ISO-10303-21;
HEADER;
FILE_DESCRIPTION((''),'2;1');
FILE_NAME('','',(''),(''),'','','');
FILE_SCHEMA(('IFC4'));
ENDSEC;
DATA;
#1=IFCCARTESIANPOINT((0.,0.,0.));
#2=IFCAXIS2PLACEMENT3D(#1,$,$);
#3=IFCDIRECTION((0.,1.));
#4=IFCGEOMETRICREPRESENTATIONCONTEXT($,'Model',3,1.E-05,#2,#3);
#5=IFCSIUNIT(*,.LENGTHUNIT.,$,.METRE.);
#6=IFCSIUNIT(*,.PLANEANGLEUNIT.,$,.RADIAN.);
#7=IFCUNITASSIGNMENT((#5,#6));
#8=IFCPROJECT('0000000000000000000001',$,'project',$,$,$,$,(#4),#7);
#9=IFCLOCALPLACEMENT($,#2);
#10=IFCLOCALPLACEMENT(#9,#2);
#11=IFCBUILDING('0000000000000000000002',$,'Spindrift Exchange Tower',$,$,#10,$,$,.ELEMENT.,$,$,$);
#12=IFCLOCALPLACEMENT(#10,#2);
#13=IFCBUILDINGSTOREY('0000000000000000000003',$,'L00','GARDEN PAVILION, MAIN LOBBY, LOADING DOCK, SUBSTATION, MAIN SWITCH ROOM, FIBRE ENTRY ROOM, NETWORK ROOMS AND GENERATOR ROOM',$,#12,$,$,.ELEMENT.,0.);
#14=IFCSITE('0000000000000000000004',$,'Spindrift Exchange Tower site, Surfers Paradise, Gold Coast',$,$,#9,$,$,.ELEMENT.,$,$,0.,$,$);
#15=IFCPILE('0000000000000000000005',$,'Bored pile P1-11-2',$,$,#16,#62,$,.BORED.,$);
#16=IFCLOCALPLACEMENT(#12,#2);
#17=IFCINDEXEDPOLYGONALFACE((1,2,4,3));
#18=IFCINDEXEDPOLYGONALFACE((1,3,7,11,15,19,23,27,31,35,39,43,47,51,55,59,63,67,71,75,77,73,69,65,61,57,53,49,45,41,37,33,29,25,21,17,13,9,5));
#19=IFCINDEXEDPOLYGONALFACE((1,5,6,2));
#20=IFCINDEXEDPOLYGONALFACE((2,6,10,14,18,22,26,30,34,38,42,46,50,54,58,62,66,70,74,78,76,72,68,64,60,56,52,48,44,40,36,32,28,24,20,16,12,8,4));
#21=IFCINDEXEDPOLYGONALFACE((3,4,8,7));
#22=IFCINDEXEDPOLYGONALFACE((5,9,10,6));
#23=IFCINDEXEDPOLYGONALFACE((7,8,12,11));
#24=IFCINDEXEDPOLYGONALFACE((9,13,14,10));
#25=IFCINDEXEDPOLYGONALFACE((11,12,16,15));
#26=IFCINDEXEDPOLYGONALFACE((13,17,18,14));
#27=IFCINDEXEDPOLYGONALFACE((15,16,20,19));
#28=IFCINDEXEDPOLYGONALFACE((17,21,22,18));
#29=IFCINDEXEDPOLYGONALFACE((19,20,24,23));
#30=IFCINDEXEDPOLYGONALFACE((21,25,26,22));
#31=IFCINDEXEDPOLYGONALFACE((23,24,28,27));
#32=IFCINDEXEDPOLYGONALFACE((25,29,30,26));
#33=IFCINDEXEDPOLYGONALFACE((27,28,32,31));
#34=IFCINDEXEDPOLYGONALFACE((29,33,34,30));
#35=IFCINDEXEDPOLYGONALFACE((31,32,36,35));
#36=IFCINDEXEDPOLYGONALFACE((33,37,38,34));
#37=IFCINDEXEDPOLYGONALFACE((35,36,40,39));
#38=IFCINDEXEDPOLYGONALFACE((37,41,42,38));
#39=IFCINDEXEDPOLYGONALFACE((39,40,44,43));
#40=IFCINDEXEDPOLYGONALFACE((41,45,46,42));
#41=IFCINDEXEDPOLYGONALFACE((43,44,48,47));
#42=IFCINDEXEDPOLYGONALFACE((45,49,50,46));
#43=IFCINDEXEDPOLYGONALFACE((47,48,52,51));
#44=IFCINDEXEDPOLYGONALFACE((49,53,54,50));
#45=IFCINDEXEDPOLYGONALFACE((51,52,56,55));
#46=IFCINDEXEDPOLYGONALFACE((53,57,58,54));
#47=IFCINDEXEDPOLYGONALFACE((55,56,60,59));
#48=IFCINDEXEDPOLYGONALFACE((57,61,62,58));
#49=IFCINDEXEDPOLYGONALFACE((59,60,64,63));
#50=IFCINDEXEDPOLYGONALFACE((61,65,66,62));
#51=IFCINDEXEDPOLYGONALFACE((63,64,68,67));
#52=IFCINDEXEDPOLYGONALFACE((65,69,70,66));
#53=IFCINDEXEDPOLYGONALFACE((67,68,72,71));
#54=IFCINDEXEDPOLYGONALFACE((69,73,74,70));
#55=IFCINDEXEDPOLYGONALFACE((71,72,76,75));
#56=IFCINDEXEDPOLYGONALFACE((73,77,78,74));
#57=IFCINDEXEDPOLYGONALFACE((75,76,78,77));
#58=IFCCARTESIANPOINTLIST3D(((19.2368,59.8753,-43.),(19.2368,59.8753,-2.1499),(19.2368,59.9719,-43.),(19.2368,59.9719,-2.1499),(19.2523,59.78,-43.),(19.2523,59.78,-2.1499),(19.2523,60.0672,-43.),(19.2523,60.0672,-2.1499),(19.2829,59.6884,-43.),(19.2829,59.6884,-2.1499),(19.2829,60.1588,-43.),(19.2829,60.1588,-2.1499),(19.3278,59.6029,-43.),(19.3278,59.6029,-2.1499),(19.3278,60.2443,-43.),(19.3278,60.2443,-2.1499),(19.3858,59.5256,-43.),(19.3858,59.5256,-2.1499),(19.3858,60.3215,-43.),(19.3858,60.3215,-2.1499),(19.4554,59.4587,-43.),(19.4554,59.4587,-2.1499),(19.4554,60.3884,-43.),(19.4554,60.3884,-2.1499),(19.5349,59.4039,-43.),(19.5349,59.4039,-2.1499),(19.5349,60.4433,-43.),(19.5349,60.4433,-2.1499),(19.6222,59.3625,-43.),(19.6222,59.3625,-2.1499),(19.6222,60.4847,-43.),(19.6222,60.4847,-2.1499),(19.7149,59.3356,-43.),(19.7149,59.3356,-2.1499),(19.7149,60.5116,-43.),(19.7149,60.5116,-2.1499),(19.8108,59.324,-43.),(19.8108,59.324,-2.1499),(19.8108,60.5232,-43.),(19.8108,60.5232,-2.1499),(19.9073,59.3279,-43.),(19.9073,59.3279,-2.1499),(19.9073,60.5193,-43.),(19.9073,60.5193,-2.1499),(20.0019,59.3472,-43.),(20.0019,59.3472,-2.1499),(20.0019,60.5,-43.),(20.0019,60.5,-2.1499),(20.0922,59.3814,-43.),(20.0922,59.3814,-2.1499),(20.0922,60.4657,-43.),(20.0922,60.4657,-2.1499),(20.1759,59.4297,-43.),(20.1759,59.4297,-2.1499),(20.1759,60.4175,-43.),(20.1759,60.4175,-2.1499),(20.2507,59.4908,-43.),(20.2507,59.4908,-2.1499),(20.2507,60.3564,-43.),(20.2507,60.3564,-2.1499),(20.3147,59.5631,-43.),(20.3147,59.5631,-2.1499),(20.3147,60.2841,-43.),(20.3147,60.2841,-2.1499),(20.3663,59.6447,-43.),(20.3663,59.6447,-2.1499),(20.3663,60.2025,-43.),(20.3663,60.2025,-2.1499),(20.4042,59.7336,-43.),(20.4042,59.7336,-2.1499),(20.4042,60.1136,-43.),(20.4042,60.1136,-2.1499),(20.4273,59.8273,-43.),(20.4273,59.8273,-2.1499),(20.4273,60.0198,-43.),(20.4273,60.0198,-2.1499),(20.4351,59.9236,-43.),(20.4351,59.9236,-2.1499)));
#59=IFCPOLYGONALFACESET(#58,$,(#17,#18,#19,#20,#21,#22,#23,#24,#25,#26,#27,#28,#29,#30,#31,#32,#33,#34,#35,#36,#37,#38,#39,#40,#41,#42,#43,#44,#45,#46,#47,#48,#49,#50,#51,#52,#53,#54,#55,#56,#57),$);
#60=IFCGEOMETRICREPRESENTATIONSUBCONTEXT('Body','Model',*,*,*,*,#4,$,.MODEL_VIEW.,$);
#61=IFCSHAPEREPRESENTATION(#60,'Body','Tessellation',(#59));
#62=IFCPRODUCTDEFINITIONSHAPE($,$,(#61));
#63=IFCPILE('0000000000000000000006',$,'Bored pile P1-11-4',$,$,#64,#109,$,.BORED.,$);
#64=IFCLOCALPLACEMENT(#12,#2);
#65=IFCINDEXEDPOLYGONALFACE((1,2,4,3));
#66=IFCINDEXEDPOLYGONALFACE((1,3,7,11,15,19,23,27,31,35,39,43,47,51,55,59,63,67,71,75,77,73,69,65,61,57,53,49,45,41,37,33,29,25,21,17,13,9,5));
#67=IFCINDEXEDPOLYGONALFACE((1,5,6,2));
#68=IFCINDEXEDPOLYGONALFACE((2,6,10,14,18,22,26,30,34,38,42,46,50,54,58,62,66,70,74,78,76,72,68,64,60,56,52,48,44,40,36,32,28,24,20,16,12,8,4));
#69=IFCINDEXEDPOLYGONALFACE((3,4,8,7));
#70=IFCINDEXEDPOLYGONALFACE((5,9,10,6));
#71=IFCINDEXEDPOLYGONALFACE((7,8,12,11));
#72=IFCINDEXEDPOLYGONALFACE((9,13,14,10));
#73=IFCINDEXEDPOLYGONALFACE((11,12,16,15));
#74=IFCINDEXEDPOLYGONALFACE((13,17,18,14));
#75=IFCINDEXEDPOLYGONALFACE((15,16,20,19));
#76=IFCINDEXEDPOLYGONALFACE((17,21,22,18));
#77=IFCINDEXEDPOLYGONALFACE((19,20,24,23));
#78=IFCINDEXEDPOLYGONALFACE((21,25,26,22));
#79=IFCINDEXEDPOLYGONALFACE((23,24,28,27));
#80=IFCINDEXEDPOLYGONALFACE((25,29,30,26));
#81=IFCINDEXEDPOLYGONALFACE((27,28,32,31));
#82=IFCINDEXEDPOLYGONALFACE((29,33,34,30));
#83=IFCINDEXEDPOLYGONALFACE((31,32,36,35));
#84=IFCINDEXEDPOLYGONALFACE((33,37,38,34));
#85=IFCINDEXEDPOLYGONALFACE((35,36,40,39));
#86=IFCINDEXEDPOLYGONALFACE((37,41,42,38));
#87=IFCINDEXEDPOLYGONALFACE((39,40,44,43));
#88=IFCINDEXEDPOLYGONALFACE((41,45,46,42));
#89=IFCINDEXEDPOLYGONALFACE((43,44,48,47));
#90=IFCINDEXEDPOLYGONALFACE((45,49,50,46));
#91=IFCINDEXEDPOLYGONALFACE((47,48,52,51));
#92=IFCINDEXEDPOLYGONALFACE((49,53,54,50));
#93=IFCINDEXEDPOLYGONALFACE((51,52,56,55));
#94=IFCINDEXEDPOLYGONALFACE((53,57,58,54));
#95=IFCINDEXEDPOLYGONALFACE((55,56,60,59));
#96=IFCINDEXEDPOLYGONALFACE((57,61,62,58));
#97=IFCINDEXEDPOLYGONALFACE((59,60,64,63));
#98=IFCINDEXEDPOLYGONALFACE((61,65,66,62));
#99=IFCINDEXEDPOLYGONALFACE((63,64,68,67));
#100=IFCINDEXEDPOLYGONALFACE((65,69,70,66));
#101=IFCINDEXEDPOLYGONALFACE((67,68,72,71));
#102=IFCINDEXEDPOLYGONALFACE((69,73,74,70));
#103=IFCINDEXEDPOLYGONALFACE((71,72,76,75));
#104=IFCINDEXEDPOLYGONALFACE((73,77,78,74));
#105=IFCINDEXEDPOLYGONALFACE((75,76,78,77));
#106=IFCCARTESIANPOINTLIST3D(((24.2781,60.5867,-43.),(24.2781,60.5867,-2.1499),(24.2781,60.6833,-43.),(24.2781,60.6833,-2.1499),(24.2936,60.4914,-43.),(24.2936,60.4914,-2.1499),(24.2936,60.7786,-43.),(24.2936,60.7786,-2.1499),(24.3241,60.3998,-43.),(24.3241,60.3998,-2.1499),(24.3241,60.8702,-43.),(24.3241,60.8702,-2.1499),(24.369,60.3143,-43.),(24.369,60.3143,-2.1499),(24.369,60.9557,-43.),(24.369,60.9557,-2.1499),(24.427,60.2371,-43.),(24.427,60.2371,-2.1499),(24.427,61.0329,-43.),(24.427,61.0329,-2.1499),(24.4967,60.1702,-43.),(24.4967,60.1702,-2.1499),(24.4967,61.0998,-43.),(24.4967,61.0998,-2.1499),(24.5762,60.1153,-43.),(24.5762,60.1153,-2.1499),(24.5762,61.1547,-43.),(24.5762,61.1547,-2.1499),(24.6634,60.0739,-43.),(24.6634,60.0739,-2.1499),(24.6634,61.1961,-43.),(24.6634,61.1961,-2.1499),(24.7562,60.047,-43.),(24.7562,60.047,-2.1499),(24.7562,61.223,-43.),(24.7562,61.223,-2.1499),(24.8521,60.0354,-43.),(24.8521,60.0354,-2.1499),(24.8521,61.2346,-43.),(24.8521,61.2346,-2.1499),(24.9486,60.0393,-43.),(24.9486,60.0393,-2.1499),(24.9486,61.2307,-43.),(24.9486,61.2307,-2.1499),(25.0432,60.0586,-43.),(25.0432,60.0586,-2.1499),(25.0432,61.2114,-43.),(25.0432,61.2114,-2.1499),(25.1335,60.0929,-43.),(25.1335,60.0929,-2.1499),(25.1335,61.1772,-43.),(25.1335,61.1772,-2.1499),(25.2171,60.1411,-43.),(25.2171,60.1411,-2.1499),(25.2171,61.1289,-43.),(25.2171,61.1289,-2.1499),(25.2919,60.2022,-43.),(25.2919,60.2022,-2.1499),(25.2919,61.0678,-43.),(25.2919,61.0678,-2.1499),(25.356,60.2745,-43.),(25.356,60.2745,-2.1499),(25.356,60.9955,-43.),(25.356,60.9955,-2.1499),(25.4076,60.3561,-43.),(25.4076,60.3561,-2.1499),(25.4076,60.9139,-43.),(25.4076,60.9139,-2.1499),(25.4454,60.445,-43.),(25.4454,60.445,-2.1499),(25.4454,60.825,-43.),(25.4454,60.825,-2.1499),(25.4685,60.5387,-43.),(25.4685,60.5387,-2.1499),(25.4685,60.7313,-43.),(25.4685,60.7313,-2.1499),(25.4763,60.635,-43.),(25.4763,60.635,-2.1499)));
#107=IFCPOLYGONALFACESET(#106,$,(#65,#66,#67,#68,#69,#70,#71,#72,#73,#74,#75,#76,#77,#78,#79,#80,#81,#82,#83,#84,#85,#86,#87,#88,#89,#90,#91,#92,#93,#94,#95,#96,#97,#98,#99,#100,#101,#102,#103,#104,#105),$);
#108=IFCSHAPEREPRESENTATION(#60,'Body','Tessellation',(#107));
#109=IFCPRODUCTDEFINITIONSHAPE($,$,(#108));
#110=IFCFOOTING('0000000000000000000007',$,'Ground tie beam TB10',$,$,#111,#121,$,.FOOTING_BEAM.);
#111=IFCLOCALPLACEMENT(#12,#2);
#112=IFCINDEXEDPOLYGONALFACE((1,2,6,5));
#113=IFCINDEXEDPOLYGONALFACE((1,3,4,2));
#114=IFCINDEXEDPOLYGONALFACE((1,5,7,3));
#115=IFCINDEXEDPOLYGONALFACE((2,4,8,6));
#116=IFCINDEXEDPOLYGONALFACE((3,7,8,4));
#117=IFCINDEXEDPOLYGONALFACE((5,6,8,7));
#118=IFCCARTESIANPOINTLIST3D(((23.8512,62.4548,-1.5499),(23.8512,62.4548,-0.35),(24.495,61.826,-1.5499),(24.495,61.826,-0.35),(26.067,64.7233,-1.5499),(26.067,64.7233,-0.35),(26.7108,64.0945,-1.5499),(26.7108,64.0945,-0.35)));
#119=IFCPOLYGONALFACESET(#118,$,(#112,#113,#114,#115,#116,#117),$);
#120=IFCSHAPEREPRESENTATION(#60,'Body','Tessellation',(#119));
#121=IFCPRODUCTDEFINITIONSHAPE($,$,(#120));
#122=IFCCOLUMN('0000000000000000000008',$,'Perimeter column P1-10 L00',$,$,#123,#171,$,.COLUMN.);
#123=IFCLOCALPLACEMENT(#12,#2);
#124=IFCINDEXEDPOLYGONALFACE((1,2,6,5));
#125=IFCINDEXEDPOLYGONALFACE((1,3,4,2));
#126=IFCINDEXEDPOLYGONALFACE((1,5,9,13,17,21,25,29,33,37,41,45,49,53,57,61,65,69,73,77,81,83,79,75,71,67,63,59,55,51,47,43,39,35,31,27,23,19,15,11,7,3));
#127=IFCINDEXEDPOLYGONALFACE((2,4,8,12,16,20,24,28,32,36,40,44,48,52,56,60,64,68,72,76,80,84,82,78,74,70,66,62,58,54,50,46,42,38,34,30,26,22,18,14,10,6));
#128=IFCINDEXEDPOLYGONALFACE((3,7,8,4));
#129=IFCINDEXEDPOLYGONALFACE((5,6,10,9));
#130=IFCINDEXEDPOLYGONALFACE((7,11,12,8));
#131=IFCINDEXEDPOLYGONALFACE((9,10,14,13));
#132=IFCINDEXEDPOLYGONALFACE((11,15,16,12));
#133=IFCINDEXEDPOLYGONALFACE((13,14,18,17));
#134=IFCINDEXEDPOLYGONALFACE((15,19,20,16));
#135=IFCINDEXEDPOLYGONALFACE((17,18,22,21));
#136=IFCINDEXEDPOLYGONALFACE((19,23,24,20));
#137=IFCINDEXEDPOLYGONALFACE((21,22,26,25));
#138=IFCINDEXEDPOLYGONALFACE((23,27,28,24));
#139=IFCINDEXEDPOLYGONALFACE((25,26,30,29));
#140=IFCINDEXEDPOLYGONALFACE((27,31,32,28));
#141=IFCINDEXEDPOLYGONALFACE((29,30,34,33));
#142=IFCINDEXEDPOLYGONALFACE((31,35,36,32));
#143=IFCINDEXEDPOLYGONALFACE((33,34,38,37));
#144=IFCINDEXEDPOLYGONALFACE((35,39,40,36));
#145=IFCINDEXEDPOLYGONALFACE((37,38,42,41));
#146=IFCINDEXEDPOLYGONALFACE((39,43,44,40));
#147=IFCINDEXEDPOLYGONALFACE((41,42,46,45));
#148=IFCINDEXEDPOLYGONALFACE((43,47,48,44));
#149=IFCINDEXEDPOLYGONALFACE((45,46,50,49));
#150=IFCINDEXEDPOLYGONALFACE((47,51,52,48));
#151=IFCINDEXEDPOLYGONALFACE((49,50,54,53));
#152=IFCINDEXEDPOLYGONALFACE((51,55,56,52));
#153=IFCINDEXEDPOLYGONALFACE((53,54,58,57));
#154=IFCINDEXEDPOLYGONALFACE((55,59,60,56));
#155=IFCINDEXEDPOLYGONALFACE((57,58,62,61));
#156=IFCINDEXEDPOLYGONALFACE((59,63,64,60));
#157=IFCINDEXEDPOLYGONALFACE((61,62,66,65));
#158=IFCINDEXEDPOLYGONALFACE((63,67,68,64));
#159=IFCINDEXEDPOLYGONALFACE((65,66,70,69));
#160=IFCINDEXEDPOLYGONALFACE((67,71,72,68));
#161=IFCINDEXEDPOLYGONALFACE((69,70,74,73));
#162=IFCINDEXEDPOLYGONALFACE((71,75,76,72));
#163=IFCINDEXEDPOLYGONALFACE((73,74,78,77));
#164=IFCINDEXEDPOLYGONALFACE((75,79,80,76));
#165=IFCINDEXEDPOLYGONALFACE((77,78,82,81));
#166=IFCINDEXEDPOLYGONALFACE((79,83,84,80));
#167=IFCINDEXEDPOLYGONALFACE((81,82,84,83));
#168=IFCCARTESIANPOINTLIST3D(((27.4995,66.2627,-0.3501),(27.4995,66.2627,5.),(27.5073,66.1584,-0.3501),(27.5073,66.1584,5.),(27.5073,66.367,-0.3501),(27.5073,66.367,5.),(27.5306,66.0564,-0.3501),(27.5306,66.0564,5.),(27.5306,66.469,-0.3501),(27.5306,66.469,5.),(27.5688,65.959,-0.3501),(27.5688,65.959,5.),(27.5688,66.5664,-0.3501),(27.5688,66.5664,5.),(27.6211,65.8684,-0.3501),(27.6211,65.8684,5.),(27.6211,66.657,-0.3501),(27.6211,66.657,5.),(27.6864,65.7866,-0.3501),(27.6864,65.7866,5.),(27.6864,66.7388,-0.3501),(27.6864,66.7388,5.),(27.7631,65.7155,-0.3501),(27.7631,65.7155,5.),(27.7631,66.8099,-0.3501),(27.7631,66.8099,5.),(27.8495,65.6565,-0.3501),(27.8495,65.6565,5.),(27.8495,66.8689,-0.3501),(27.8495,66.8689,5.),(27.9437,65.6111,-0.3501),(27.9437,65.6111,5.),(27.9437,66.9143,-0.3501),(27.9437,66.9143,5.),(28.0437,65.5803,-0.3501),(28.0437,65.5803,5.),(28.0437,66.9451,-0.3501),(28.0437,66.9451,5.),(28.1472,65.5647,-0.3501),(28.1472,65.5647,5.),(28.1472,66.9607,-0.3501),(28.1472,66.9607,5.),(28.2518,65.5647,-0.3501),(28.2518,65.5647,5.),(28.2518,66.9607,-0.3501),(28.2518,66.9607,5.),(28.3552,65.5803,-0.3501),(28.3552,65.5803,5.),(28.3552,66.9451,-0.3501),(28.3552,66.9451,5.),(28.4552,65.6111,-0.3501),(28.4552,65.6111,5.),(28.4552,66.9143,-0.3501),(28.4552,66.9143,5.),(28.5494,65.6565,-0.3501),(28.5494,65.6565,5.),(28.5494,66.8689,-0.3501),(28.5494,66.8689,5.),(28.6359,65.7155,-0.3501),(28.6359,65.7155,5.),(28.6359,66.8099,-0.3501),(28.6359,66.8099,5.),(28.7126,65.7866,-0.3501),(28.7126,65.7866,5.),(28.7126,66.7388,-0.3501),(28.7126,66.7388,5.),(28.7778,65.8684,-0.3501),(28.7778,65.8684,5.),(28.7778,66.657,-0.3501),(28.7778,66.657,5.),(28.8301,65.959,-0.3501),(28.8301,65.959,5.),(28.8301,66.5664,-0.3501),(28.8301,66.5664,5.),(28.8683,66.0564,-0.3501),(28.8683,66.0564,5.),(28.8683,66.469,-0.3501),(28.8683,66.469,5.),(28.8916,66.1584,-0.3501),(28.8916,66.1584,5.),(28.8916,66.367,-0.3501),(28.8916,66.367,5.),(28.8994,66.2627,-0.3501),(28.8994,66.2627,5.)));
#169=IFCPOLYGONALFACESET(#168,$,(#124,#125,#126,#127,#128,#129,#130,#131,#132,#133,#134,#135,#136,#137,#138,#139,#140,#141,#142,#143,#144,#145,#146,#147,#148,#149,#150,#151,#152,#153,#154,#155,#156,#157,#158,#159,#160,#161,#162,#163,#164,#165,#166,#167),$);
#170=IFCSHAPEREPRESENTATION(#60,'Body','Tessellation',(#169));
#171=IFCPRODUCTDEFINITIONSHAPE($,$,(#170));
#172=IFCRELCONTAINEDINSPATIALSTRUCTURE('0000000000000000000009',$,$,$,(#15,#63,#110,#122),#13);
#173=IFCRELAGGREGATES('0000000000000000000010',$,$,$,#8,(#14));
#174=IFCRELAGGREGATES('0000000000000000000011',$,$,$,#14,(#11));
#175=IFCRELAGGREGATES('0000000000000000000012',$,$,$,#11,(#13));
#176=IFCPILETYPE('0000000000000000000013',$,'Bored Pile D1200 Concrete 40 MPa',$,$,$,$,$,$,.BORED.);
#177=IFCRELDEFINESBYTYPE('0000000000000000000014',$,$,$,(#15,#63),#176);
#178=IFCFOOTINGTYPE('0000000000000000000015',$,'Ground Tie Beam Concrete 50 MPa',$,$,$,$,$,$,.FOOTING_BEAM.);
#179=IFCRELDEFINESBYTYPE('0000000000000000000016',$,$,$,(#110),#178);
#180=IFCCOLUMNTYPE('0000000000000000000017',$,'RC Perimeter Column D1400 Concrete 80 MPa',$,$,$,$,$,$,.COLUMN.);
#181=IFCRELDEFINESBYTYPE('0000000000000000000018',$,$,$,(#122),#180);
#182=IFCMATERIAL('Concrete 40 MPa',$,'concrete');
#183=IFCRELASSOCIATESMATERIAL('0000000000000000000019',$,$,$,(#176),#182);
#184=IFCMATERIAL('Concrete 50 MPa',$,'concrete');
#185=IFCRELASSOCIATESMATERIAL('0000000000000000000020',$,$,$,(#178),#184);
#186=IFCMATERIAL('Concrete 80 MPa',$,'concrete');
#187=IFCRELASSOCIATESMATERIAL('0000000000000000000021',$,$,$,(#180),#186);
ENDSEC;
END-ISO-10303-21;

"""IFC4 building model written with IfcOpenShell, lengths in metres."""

from ifc_helpers import new_model, si_unit, direction, frame, origin, origin_2d, place, context, subcontext, project, spatial, rectangle, circle, extrude, source, transform, mapped, material, material_profile, profile_set, type_object, element, save


model = new_model("IFC4")

# Units and contexts
model_context = context("Model", 3, precision=1e-05, world=origin(), true_north=direction((0.0, 1.0)))
body_context = subcontext(model_context, "Body", "Model", "MODEL_VIEW")
ifc_project = project(units=[si_unit("LENGTHUNIT", "METRE"), si_unit("PLANEANGLEUNIT", "RADIAN")], contexts=[model_context])

# Site, building, storey
site_placement = place(None, origin())
site = spatial("IfcSite", under=ifc_project, at=site_placement, Name="Spindrift Exchange Tower site, Surfers Paradise, Gold Coast", CompositionType="ELEMENT", RefElevation=0.0)
building_placement = place(site_placement, origin())
building = spatial("IfcBuilding", under=site, at=building_placement, Name="Spindrift Exchange Tower", CompositionType="ELEMENT")
storey_placement = place(building_placement, origin())
storey = spatial("IfcBuildingStorey", under=building, at=storey_placement, Name="L00", Description="GARDEN PAVILION, MAIN LOBBY, LOADING DOCK, SUBSTATION, MAIN SWITCH ROOM, FIBRE ENTRY ROOM, NETWORK ROOMS AND GENERATOR ROOM", CompositionType="ELEMENT", Elevation=0.0)

# Piles
ifc_material_1 = material(Name="Concrete 40 MPa", Category="concrete")
ifc_material_profile_1 = material_profile(ifc_material_1, circle(Radius=0.6001, at=origin_2d()), Name="BP D1200")
ifc_profile_set_1 = profile_set([ifc_material_profile_1], Name="Concrete 40 MPa")
pile_type = type_object("IfcPileType", Name="Bored Pile D1200 Concrete 40 MPa", PredefinedType="BORED", material=ifc_profile_set_1)
shared_shape_1 = source(origin(), body_context, "Body", "SweptSolid", [
    extrude(circle(Radius=0.6001, at=origin_2d()), origin(), (0.0, 0.0, 1.0), 40.8501),
])
for number, where, z_axis, x_axis, name in (
    (1, (19.835, 59.9236, -2.1499), (0.0, 0.0, -1.0), (1.0, 0.0, 0.0), "Bored pile P1-11-2"),
    (2, (24.8762, 60.635, -2.1499), (0.0, 0.0, -1.0), (1.0, 0.0, 0.0), "Bored pile P1-11-4"),
):
    element("IfcPile", number, at=place(storey_placement, frame(where, z_axis=z_axis, x_axis=x_axis)), inside=storey, type_object=pile_type, Name=name, PredefinedType="BORED", context=body_context, shape_type="MappedRepresentation", body=[
        mapped(shared_shape_1, transform((0.0, 0.0, 0.0), scale=1.0)),
    ])

# Footing
ifc_material_2 = material(Name="Concrete 50 MPa", Category="concrete")
ifc_material_profile_2 = material_profile(ifc_material_2, rectangle(XDim=0.8999, YDim=1.2, at=origin_2d()), Name="RC 900x1200")
ifc_profile_set_2 = profile_set([ifc_material_profile_2], Name="Concrete 50 MPa")
footing_type = type_object("IfcFootingType", Name="Ground Tie Beam Concrete 50 MPa", PredefinedType="FOOTING_BEAM", material=ifc_profile_set_2)
shared_shape_2 = source(origin(), body_context, "Body", "SweptSolid", [
    extrude(rectangle(XDim=0.8999, YDim=1.2, at=origin_2d()), origin(), (0.0, 0.0, 1.0), 3.1711),
])
footing_placement = place(storey_placement, frame((26.3889, 64.4089, -0.95), z_axis=(-0.698743, -0.715373, 0.0), x_axis=(0.715373, -0.698743, 0.0)))
element("IfcFooting", 3, at=footing_placement, inside=storey, type_object=footing_type, Name="Ground tie beam TB10", PredefinedType="FOOTING_BEAM", context=body_context, shape_type="MappedRepresentation", body=[
    mapped(shared_shape_2, transform((0.0, 0.0, 0.0), scale=1.0)),
])

# Column
ifc_material_3 = material(Name="Concrete 80 MPa", Category="concrete")
ifc_material_profile_3 = material_profile(ifc_material_3, circle(Radius=0.7, at=origin_2d()), Name="RC D1400")
ifc_profile_set_3 = profile_set([ifc_material_profile_3], Name="Concrete 80 MPa")
column_type = type_object("IfcColumnType", Name="RC Perimeter Column D1400 Concrete 80 MPa", PredefinedType="COLUMN", material=ifc_profile_set_3)
shared_shape_3 = source(origin(), body_context, "Body", "SweptSolid", [
    extrude(circle(Radius=0.7, at=origin_2d()), origin(), (0.0, 0.0, 1.0), 5.3501),
])
for number, where, z_axis, x_axis, name in (
    (4, (28.1995, 66.2627, -0.3501), (0.0, 0.0, 1.0), (1.0, 0.0, 0.0), "Perimeter column P1-10 L00"),
):
    element("IfcColumn", number, at=place(storey_placement, frame(where, z_axis=z_axis, x_axis=x_axis)), inside=storey, type_object=column_type, Name=name, PredefinedType="COLUMN", context=body_context, shape_type="MappedRepresentation", body=[
        mapped(shared_shape_3, transform((0.0, 0.0, 0.0), scale=1.0)),
    ])

save(model, "model.ifc")
